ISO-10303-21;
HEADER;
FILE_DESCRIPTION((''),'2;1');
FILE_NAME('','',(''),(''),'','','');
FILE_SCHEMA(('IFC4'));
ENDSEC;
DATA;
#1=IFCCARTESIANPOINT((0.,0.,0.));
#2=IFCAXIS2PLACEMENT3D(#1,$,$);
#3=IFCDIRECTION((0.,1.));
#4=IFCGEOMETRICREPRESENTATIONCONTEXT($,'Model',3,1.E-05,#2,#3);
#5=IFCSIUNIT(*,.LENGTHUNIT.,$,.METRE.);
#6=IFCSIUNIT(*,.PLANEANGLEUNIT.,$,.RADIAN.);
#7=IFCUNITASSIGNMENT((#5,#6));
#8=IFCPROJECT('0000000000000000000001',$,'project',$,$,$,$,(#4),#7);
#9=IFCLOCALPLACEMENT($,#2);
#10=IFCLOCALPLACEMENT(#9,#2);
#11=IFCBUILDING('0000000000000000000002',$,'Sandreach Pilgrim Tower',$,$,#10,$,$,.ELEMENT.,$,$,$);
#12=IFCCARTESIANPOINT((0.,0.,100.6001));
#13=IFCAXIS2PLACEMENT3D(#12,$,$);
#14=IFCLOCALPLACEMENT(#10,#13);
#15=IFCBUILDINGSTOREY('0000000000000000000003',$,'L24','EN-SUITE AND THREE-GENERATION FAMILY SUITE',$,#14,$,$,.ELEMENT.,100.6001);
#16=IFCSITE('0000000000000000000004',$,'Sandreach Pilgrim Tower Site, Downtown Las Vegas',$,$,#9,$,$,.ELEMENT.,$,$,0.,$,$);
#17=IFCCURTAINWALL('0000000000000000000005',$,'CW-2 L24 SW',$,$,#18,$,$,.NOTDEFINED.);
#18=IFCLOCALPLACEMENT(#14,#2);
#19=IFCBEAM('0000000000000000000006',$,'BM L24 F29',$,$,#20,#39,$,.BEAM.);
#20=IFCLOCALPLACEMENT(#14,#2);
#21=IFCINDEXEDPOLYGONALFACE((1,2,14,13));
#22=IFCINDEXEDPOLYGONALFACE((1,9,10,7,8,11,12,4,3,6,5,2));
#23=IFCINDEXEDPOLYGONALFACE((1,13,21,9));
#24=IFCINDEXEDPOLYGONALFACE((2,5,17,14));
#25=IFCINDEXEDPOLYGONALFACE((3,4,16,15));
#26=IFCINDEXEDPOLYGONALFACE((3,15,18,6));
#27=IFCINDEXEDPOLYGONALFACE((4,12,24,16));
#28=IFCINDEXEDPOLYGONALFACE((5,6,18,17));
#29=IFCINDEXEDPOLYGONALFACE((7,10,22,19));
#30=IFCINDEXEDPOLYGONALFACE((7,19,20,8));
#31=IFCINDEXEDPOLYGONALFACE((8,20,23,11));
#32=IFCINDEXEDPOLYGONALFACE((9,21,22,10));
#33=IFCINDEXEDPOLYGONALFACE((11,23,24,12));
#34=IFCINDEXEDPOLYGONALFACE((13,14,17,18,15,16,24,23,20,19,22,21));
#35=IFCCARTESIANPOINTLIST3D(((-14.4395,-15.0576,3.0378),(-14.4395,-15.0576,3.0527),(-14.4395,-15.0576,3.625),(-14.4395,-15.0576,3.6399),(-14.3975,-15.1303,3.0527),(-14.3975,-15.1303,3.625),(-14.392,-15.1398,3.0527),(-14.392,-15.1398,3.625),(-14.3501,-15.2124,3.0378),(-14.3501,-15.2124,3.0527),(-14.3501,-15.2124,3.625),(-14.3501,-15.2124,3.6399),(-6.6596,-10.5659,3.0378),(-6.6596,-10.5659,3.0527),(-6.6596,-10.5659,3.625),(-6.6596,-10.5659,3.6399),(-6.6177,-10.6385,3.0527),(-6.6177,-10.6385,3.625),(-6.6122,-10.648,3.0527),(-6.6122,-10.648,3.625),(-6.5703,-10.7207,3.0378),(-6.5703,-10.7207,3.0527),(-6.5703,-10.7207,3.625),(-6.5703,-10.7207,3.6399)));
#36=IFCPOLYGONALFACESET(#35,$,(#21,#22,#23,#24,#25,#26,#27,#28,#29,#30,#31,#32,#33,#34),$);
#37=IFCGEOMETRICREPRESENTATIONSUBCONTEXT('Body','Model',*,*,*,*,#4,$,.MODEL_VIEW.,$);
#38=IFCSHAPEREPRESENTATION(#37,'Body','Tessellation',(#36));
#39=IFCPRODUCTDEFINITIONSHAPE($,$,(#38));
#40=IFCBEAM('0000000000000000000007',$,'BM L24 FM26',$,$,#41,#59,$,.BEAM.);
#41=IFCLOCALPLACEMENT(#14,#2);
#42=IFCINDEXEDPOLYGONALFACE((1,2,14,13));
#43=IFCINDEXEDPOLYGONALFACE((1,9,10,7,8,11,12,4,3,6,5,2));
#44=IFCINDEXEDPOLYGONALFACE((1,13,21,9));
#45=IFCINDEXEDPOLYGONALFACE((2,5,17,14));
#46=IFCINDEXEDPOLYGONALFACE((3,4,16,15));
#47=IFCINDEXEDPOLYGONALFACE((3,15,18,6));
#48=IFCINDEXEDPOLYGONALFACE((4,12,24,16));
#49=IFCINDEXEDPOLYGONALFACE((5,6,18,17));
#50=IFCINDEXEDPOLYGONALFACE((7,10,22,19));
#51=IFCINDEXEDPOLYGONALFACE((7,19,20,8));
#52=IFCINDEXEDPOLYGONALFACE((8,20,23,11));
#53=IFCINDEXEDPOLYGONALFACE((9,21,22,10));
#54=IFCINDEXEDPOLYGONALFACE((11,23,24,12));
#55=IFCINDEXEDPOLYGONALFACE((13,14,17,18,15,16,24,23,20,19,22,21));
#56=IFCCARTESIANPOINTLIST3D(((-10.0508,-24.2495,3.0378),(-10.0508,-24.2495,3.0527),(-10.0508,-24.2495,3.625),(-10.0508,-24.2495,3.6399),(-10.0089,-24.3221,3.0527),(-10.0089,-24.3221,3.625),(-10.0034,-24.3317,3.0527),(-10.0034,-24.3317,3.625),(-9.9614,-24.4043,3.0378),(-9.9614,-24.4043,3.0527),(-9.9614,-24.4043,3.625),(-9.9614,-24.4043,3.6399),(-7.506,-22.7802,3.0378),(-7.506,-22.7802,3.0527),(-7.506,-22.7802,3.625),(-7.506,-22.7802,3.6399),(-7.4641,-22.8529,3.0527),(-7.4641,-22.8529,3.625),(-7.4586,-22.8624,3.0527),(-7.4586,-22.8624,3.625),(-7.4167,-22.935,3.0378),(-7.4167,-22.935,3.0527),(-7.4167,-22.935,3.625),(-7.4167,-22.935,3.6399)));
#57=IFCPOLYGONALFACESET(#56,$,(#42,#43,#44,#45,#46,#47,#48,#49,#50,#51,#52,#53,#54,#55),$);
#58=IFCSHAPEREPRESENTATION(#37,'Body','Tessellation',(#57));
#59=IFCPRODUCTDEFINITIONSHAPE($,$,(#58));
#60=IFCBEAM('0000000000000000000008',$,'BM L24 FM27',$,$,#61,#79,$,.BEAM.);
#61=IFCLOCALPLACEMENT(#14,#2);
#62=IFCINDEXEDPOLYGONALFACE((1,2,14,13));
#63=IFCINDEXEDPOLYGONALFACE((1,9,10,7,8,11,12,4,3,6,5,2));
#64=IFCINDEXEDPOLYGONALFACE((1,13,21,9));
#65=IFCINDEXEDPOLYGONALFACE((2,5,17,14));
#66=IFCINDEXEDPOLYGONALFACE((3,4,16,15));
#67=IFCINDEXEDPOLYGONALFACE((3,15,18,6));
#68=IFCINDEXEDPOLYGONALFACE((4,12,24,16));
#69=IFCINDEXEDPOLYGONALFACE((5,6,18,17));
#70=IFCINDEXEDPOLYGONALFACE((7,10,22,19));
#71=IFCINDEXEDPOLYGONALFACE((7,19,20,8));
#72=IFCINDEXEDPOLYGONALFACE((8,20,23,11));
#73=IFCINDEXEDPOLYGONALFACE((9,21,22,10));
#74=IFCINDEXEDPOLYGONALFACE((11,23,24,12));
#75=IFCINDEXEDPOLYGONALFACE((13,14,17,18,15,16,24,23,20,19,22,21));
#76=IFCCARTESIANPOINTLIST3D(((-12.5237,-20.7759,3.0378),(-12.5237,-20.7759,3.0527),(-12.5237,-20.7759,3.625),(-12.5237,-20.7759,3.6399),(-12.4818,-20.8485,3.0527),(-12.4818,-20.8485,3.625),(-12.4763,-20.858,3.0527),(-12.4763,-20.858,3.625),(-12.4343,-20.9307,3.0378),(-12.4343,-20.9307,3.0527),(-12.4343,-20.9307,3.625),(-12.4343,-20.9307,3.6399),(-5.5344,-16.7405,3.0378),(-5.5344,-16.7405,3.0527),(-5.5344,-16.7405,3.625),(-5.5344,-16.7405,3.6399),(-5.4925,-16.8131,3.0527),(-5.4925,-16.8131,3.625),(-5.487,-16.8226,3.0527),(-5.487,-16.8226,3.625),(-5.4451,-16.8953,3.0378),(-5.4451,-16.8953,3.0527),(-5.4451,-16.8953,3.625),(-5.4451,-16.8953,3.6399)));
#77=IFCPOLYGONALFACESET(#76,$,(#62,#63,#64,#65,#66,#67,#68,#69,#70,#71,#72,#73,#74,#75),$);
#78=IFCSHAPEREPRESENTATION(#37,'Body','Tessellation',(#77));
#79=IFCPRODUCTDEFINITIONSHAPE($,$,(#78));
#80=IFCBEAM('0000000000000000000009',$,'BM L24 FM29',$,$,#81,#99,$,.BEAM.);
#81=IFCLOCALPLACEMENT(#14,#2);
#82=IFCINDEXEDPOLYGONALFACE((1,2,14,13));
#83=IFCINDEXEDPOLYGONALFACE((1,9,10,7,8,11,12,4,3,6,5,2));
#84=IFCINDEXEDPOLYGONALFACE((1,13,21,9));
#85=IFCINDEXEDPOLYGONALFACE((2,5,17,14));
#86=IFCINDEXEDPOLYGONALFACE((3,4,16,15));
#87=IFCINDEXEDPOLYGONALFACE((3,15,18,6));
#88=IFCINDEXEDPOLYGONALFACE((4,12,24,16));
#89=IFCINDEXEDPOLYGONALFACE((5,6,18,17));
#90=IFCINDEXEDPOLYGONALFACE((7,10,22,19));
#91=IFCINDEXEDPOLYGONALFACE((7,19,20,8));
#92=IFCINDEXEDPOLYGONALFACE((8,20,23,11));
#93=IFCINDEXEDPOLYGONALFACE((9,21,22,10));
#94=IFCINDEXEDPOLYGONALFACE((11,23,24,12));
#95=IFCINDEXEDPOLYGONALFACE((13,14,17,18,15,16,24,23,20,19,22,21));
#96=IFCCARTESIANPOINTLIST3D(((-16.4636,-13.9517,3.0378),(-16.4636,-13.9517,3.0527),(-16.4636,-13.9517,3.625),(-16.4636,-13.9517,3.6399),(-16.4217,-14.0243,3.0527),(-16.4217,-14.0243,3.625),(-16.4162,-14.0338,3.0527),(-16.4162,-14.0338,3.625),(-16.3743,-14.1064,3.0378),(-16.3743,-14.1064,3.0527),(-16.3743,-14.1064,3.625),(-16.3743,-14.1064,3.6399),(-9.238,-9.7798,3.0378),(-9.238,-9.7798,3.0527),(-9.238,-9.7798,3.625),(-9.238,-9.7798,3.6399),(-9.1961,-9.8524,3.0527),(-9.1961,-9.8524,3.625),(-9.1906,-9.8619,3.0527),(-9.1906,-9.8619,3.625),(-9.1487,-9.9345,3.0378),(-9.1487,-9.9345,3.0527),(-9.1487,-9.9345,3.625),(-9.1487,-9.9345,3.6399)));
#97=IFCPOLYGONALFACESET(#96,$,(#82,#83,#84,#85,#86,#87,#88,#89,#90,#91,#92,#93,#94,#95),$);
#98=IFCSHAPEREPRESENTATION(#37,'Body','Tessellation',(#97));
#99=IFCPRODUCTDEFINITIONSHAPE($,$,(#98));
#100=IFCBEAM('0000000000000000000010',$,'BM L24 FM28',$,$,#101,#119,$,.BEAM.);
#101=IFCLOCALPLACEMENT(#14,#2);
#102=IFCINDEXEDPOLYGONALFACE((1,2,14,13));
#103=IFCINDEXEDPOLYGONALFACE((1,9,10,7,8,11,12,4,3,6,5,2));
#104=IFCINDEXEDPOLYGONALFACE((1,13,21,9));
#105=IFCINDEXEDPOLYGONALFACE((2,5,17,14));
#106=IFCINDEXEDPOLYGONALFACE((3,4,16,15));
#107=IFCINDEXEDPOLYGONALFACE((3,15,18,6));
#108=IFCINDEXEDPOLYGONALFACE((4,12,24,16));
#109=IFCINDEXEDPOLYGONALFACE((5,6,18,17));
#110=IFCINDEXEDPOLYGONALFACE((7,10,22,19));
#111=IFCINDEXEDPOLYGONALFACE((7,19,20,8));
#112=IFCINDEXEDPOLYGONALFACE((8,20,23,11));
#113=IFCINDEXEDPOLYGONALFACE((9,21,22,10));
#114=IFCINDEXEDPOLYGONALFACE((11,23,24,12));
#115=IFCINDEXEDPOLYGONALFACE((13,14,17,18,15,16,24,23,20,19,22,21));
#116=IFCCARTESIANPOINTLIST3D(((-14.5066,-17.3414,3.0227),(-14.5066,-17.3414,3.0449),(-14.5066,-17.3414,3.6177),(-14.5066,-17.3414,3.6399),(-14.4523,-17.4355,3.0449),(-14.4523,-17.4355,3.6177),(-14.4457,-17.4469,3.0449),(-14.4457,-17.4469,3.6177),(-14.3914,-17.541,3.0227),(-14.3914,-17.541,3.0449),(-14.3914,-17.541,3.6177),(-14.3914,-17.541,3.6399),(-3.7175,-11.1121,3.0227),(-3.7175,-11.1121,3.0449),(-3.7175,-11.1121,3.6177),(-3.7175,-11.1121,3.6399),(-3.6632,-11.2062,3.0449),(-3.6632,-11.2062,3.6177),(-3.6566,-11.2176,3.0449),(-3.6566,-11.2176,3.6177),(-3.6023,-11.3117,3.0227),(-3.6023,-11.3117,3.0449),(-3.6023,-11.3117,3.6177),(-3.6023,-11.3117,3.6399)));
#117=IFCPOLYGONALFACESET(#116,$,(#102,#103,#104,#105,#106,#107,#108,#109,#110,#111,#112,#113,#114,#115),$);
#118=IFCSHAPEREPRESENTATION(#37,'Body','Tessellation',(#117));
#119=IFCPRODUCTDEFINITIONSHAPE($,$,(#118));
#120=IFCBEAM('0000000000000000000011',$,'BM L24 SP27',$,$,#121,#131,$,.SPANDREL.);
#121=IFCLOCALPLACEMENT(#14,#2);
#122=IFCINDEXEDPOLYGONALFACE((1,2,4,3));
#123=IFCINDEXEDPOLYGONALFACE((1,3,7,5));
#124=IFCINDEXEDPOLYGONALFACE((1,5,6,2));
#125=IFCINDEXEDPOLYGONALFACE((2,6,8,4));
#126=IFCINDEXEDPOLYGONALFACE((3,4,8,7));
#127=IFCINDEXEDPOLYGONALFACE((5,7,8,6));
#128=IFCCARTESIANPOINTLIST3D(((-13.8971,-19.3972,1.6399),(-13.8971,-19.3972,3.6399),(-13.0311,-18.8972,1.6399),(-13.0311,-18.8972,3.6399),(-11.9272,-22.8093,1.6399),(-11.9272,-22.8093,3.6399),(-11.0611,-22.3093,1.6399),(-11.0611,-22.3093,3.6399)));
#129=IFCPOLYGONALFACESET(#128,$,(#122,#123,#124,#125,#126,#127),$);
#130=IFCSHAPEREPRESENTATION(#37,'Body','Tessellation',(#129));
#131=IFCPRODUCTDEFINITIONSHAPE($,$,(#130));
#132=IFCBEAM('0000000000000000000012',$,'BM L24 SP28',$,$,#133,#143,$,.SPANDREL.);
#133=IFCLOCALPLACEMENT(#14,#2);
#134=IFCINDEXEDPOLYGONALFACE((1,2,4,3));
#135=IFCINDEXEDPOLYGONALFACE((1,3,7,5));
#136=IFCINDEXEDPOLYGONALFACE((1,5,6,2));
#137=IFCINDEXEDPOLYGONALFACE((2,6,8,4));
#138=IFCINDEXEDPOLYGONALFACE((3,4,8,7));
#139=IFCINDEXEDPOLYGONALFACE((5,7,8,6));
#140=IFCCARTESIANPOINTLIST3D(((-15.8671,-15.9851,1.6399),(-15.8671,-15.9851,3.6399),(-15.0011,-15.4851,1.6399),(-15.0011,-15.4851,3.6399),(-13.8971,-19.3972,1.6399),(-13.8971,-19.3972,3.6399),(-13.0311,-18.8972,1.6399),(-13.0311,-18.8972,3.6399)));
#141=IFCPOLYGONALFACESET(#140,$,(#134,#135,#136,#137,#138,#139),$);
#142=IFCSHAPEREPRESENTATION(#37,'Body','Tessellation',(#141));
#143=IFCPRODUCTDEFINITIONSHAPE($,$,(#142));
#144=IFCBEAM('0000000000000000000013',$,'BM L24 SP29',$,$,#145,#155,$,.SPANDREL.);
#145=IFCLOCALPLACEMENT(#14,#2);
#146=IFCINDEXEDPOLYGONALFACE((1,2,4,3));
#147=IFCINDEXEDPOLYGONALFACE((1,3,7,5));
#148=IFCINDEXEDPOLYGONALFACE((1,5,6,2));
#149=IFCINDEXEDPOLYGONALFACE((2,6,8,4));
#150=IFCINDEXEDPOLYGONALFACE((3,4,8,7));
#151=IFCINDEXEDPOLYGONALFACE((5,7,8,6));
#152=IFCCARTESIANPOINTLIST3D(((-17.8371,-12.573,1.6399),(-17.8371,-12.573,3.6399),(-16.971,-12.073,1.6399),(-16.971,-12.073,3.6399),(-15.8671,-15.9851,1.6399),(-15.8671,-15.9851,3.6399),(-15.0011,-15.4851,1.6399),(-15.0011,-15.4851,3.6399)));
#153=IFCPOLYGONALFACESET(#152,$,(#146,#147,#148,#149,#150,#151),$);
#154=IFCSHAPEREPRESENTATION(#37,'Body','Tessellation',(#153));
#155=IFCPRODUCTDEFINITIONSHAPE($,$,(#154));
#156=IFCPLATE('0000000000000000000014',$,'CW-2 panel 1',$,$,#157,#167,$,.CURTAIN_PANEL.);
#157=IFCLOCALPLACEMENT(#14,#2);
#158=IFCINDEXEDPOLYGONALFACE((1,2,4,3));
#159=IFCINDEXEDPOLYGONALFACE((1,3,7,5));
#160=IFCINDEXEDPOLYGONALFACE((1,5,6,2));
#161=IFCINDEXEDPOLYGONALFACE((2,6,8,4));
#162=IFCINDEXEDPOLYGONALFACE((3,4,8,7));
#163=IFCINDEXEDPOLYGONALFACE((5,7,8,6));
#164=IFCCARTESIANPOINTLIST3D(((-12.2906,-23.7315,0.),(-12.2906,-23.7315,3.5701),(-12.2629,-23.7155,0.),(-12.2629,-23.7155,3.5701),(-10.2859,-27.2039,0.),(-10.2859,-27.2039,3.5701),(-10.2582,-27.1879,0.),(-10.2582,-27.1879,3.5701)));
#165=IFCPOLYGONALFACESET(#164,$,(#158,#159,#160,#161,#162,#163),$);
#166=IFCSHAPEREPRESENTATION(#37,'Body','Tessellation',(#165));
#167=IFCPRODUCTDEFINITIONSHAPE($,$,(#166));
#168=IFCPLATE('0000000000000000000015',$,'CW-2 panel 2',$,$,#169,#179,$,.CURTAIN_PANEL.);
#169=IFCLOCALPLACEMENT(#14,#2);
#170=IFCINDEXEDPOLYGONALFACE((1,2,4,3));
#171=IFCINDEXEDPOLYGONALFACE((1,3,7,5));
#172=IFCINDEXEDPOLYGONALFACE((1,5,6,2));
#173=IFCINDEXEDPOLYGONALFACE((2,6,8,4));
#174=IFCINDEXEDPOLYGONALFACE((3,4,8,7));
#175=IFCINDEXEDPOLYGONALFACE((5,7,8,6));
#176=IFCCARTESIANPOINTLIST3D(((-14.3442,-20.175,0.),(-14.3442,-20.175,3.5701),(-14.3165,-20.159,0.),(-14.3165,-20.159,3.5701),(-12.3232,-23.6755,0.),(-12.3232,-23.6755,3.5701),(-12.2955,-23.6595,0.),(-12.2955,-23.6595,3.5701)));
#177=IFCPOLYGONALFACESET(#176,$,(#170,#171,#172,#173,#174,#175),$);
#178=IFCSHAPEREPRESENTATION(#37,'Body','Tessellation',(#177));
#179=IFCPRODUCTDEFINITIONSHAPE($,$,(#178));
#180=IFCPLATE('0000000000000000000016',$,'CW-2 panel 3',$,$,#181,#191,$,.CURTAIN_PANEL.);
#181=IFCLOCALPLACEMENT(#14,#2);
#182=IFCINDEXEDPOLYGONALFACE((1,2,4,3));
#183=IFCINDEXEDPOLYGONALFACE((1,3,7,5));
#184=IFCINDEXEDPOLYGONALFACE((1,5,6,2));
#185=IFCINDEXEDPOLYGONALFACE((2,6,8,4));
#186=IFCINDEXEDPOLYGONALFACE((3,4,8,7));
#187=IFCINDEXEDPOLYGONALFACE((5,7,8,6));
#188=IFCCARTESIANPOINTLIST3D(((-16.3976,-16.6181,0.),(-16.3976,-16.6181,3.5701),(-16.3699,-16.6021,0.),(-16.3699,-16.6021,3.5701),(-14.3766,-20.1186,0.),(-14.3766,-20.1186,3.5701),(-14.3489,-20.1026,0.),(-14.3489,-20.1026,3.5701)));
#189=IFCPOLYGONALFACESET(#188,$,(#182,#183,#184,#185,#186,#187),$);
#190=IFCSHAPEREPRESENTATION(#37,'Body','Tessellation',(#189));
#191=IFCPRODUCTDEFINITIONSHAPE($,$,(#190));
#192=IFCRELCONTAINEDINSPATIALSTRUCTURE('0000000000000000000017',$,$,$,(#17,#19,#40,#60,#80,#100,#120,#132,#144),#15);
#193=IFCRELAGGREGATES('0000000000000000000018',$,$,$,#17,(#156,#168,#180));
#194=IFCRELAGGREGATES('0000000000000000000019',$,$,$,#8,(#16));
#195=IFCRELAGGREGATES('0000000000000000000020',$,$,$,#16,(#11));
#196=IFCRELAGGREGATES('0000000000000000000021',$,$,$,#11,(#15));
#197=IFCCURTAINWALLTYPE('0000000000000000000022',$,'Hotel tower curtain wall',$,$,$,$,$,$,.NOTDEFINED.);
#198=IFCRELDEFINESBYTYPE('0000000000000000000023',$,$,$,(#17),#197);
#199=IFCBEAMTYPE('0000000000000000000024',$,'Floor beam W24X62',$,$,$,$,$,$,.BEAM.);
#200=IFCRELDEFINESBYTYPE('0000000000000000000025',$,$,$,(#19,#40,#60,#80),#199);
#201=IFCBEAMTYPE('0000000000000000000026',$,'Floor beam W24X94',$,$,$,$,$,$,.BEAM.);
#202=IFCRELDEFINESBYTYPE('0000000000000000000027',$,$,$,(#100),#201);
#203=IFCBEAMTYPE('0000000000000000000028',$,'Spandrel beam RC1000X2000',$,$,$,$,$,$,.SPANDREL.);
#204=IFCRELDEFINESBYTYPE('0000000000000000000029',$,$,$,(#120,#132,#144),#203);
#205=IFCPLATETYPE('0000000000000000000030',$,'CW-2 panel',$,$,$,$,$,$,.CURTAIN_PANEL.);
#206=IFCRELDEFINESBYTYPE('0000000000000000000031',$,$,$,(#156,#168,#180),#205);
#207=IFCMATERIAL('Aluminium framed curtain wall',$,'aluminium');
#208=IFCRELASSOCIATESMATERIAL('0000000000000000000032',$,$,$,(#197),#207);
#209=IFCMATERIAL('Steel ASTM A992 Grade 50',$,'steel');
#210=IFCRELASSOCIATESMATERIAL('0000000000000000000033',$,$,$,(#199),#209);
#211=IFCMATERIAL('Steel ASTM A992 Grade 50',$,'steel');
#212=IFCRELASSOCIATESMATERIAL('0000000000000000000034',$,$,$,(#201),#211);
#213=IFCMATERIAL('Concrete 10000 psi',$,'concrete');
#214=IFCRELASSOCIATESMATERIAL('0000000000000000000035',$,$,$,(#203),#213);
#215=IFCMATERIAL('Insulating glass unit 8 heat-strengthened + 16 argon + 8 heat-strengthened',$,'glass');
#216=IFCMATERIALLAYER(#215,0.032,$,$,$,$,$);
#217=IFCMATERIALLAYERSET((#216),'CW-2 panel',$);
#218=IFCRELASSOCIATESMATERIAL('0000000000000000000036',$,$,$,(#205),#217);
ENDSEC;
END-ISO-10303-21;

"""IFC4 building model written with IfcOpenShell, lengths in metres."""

from ifc_helpers import new_model, si_unit, direction, frame, origin, origin_2d, place, context, subcontext, project, spatial, rectangle, i_section, extrude, material, layer, layer_set, material_profile, profile_set, type_object, element, aggregate, save


model = new_model("IFC4")

# Units and contexts
model_context = context("Model", 3, precision=1e-05, world=origin(), true_north=direction((0.0, 1.0)))
body_context = subcontext(model_context, "Body", "Model", "MODEL_VIEW")
ifc_project = project(units=[si_unit("LENGTHUNIT", "METRE"), si_unit("PLANEANGLEUNIT", "RADIAN")], contexts=[model_context])

# Site, building, storey
site_placement = place(None, origin())
site = spatial("IfcSite", under=ifc_project, at=site_placement, Name="Sandreach Pilgrim Tower Site, Downtown Las Vegas", CompositionType="ELEMENT", RefElevation=0.0)
building_placement = place(site_placement, origin())
building = spatial("IfcBuilding", under=site, at=building_placement, Name="Sandreach Pilgrim Tower", CompositionType="ELEMENT")
storey_placement = place(building_placement, frame((0.0, 0.0, 100.6001)))
storey = spatial("IfcBuildingStorey", under=building, at=storey_placement, Name="L24", Description="EN-SUITE AND THREE-GENERATION FAMILY SUITE", CompositionType="ELEMENT", Elevation=100.6001)

# Curtain wall
ifc_material_1 = material(Name="Aluminium framed curtain wall", Category="aluminium")
curtain_wall_type = type_object("IfcCurtainWallType", Name="Hotel tower curtain wall", PredefinedType="NOTDEFINED", material=ifc_material_1)
curtain_wall_placement = place(storey_placement, origin())
curtain_wall = element("IfcCurtainWall", 1, at=curtain_wall_placement, inside=storey, type_object=curtain_wall_type, Name="CW-2 L24 SW", PredefinedType="NOTDEFINED")

# Beams
ifc_material_2 = material(Name="Steel ASTM A992 Grade 50", Category="steel")
ifc_material_profile_1 = material_profile(ifc_material_2, i_section(OverallWidth=0.1787, OverallDepth=0.6021, WebThickness=0.011, FlangeThickness=0.0149, at=origin_2d()), Name="W24X62")
ifc_profile_set_1 = profile_set([ifc_material_profile_1], Name="Steel ASTM A992 Grade 50")
beam_type_1 = type_object("IfcBeamType", Name="Floor beam W24X62", PredefinedType="BEAM", material=ifc_profile_set_1)
beam_1_placement = place(storey_placement, frame((-14.3948, -15.135, 3.3389), z_axis=(0.866024, 0.500003, 0.0), x_axis=(-0.500003, 0.866024, 0.0)))
element("IfcBeam", 2, at=beam_1_placement, inside=storey, type_object=beam_type_1, Name="BM L24 F29", PredefinedType="BEAM", context=body_context, shape_type="SweptSolid", body=[
    extrude(i_section(OverallWidth=0.1787, OverallDepth=0.6021, WebThickness=0.011, FlangeThickness=0.0149, at=origin_2d()), origin(), (0.0, 0.0, 1.0), 8.9834),
])
beam_2_placement = place(storey_placement, frame((-10.0061, -24.3269, 3.3389), z_axis=(0.866015, 0.500017, 0.0), x_axis=(-0.500017, 0.866015, 0.0)))
element("IfcBeam", 3, at=beam_2_placement, inside=storey, type_object=beam_type_1, Name="BM L24 FM26", PredefinedType="BEAM", context=body_context, shape_type="SweptSolid", body=[
    extrude(i_section(OverallWidth=0.1787, OverallDepth=0.6021, WebThickness=0.011, FlangeThickness=0.0149, at=origin_2d()), origin(), (0.0, 0.0, 1.0), 2.9385),
])
beam_3_placement = place(storey_placement, frame((-12.479, -20.8533, 3.3389), z_axis=(0.866017, 0.500014, 0.0), x_axis=(-0.500014, 0.866017, 0.0)))
element("IfcBeam", 4, at=beam_3_placement, inside=storey, type_object=beam_type_1, Name="BM L24 FM27", PredefinedType="BEAM", context=body_context, shape_type="SweptSolid", body=[
    extrude(i_section(OverallWidth=0.1787, OverallDepth=0.6021, WebThickness=0.011, FlangeThickness=0.0149, at=origin_2d()), origin(), (0.0, 0.0, 1.0), 8.0706),
])
beam_4_placement = place(storey_placement, frame((-16.4189, -14.0291, 3.3389), z_axis=(0.866016, 0.500016, 0.0), x_axis=(-0.500016, 0.866016, 0.0)))
element("IfcBeam", 5, at=beam_4_placement, inside=storey, type_object=beam_type_1, Name="BM L24 FM29", PredefinedType="BEAM", context=body_context, shape_type="SweptSolid", body=[
    extrude(i_section(OverallWidth=0.1787, OverallDepth=0.6021, WebThickness=0.011, FlangeThickness=0.0149, at=origin_2d()), origin(), (0.0, 0.0, 1.0), 8.3435),
])
ifc_material_3 = material(Name="Steel ASTM A992 Grade 50", Category="steel")
ifc_material_profile_2 = material_profile(ifc_material_3, i_section(OverallWidth=0.2305, OverallDepth=0.6172, WebThickness=0.0132, FlangeThickness=0.0222, at=origin_2d()), Name="W24X94")
ifc_profile_set_2 = profile_set([ifc_material_profile_2], Name="Steel ASTM A992 Grade 50")
beam_type_2 = type_object("IfcBeamType", Name="Floor beam W24X94", PredefinedType="BEAM", material=ifc_profile_set_2)
beam_5_placement = place(storey_placement, frame((-14.449, -17.4412, 3.3313), z_axis=(0.866019, 0.500011, 0.0), x_axis=(-0.500011, 0.866019, 0.0)))
element("IfcBeam", 6, at=beam_5_placement, inside=storey, type_object=beam_type_2, Name="BM L24 FM28", PredefinedType="BEAM", context=body_context, shape_type="SweptSolid", body=[
    extrude(i_section(OverallWidth=0.2305, OverallDepth=0.6172, WebThickness=0.0132, FlangeThickness=0.0222, at=origin_2d()), origin(), (0.0, 0.0, 1.0), 12.4583),
])
ifc_material_4 = material(Name="Concrete 10000 psi", Category="concrete")
ifc_material_profile_3 = material_profile(ifc_material_4, rectangle(XDim=1.0, YDim=2.0, at=origin_2d()), Name="RC1000X2000")
ifc_profile_set_3 = profile_set([ifc_material_profile_3], Name="Concrete 10000 psi")
beam_type_3 = type_object("IfcBeamType", Name="Spandrel beam RC1000X2000", PredefinedType="SPANDREL", material=ifc_profile_set_3)
for number, where, z_axis, x_axis, name in (
    (7, (-11.4941, -22.5593, 2.6399), (-0.499998, 0.866027, 0.0), (-0.866027, -0.499998, 0.0), "BM L24 SP27"),
    (8, (-13.4641, -19.1472, 2.6399), (-0.499998, 0.866027, 0.0), (-0.866027, -0.499998, 0.0), "BM L24 SP28"),
    (9, (-15.4341, -15.7351, 2.6399), (-0.499998, 0.866027, 0.0), (-0.866027, -0.499998, 0.0), "BM L24 SP29"),
):
    element("IfcBeam", number, at=place(storey_placement, frame(where, z_axis=z_axis, x_axis=x_axis)), inside=storey, type_object=beam_type_3, Name=name, PredefinedType="SPANDREL", context=body_context, shape_type="SweptSolid", body=[
        extrude(rectangle(XDim=1.0, YDim=2.0, at=origin_2d()), origin(), (0.0, 0.0, 1.0), 3.9399),
    ])

# Plates
ifc_material_5 = material(Name="Insulating glass unit 8 heat-strengthened + 16 argon + 8 heat-strengthened", Category="glass")
ifc_layer_1 = layer(ifc_material_5, 0.032)
ifc_layer_set_1 = layer_set([ifc_layer_1], Name="CW-2 panel")
plate_type = type_object("IfcPlateType", Name="CW-2 panel", PredefinedType="CURTAIN_PANEL", material=ifc_layer_set_1)
plate_1_placement = place(storey_placement, frame((-11.2744, -25.4597, 0.0), z_axis=(0.0, 0.0, 1.0), x_axis=(-0.5, 0.866025, 0.0)))
plate_1 = element("IfcPlate", 10, at=plate_1_placement, type_object=plate_type, Name="CW-2 panel 1", PredefinedType="CURTAIN_PANEL", context=body_context, shape_type="SweptSolid", body=[
    extrude(rectangle(XDim=4.0095, YDim=0.032, at=origin_2d()), origin(), (0.0, 0.0, 1.0), 3.5701),
])
plate_2_placement = place(storey_placement, frame((-13.3198, -21.9172, 0.0), z_axis=(0.0, 0.0, 1.0), x_axis=(-0.5, 0.866025, 0.0)))
plate_2 = element("IfcPlate", 11, at=plate_2_placement, type_object=plate_type, Name="CW-2 panel 2", PredefinedType="CURTAIN_PANEL", context=body_context, shape_type="SweptSolid", body=[
    extrude(rectangle(XDim=4.042, YDim=0.032, at=origin_2d()), origin(), (0.0, 0.0, 1.0), 3.5701),
])
plate_3_placement = place(storey_placement, frame((-15.3733, -18.3604, 0.0), z_axis=(0.0, 0.0, 1.0), x_axis=(-0.5, 0.866025, 0.0)))
plate_3 = element("IfcPlate", 12, at=plate_3_placement, type_object=plate_type, Name="CW-2 panel 3", PredefinedType="CURTAIN_PANEL", context=body_context, shape_type="SweptSolid", body=[
    extrude(rectangle(XDim=4.042, YDim=0.032, at=origin_2d()), origin(), (0.0, 0.0, 1.0), 3.5701),
])
aggregate(curtain_wall, [plate_1, plate_2, plate_3])

save(model, "model.ifc")
